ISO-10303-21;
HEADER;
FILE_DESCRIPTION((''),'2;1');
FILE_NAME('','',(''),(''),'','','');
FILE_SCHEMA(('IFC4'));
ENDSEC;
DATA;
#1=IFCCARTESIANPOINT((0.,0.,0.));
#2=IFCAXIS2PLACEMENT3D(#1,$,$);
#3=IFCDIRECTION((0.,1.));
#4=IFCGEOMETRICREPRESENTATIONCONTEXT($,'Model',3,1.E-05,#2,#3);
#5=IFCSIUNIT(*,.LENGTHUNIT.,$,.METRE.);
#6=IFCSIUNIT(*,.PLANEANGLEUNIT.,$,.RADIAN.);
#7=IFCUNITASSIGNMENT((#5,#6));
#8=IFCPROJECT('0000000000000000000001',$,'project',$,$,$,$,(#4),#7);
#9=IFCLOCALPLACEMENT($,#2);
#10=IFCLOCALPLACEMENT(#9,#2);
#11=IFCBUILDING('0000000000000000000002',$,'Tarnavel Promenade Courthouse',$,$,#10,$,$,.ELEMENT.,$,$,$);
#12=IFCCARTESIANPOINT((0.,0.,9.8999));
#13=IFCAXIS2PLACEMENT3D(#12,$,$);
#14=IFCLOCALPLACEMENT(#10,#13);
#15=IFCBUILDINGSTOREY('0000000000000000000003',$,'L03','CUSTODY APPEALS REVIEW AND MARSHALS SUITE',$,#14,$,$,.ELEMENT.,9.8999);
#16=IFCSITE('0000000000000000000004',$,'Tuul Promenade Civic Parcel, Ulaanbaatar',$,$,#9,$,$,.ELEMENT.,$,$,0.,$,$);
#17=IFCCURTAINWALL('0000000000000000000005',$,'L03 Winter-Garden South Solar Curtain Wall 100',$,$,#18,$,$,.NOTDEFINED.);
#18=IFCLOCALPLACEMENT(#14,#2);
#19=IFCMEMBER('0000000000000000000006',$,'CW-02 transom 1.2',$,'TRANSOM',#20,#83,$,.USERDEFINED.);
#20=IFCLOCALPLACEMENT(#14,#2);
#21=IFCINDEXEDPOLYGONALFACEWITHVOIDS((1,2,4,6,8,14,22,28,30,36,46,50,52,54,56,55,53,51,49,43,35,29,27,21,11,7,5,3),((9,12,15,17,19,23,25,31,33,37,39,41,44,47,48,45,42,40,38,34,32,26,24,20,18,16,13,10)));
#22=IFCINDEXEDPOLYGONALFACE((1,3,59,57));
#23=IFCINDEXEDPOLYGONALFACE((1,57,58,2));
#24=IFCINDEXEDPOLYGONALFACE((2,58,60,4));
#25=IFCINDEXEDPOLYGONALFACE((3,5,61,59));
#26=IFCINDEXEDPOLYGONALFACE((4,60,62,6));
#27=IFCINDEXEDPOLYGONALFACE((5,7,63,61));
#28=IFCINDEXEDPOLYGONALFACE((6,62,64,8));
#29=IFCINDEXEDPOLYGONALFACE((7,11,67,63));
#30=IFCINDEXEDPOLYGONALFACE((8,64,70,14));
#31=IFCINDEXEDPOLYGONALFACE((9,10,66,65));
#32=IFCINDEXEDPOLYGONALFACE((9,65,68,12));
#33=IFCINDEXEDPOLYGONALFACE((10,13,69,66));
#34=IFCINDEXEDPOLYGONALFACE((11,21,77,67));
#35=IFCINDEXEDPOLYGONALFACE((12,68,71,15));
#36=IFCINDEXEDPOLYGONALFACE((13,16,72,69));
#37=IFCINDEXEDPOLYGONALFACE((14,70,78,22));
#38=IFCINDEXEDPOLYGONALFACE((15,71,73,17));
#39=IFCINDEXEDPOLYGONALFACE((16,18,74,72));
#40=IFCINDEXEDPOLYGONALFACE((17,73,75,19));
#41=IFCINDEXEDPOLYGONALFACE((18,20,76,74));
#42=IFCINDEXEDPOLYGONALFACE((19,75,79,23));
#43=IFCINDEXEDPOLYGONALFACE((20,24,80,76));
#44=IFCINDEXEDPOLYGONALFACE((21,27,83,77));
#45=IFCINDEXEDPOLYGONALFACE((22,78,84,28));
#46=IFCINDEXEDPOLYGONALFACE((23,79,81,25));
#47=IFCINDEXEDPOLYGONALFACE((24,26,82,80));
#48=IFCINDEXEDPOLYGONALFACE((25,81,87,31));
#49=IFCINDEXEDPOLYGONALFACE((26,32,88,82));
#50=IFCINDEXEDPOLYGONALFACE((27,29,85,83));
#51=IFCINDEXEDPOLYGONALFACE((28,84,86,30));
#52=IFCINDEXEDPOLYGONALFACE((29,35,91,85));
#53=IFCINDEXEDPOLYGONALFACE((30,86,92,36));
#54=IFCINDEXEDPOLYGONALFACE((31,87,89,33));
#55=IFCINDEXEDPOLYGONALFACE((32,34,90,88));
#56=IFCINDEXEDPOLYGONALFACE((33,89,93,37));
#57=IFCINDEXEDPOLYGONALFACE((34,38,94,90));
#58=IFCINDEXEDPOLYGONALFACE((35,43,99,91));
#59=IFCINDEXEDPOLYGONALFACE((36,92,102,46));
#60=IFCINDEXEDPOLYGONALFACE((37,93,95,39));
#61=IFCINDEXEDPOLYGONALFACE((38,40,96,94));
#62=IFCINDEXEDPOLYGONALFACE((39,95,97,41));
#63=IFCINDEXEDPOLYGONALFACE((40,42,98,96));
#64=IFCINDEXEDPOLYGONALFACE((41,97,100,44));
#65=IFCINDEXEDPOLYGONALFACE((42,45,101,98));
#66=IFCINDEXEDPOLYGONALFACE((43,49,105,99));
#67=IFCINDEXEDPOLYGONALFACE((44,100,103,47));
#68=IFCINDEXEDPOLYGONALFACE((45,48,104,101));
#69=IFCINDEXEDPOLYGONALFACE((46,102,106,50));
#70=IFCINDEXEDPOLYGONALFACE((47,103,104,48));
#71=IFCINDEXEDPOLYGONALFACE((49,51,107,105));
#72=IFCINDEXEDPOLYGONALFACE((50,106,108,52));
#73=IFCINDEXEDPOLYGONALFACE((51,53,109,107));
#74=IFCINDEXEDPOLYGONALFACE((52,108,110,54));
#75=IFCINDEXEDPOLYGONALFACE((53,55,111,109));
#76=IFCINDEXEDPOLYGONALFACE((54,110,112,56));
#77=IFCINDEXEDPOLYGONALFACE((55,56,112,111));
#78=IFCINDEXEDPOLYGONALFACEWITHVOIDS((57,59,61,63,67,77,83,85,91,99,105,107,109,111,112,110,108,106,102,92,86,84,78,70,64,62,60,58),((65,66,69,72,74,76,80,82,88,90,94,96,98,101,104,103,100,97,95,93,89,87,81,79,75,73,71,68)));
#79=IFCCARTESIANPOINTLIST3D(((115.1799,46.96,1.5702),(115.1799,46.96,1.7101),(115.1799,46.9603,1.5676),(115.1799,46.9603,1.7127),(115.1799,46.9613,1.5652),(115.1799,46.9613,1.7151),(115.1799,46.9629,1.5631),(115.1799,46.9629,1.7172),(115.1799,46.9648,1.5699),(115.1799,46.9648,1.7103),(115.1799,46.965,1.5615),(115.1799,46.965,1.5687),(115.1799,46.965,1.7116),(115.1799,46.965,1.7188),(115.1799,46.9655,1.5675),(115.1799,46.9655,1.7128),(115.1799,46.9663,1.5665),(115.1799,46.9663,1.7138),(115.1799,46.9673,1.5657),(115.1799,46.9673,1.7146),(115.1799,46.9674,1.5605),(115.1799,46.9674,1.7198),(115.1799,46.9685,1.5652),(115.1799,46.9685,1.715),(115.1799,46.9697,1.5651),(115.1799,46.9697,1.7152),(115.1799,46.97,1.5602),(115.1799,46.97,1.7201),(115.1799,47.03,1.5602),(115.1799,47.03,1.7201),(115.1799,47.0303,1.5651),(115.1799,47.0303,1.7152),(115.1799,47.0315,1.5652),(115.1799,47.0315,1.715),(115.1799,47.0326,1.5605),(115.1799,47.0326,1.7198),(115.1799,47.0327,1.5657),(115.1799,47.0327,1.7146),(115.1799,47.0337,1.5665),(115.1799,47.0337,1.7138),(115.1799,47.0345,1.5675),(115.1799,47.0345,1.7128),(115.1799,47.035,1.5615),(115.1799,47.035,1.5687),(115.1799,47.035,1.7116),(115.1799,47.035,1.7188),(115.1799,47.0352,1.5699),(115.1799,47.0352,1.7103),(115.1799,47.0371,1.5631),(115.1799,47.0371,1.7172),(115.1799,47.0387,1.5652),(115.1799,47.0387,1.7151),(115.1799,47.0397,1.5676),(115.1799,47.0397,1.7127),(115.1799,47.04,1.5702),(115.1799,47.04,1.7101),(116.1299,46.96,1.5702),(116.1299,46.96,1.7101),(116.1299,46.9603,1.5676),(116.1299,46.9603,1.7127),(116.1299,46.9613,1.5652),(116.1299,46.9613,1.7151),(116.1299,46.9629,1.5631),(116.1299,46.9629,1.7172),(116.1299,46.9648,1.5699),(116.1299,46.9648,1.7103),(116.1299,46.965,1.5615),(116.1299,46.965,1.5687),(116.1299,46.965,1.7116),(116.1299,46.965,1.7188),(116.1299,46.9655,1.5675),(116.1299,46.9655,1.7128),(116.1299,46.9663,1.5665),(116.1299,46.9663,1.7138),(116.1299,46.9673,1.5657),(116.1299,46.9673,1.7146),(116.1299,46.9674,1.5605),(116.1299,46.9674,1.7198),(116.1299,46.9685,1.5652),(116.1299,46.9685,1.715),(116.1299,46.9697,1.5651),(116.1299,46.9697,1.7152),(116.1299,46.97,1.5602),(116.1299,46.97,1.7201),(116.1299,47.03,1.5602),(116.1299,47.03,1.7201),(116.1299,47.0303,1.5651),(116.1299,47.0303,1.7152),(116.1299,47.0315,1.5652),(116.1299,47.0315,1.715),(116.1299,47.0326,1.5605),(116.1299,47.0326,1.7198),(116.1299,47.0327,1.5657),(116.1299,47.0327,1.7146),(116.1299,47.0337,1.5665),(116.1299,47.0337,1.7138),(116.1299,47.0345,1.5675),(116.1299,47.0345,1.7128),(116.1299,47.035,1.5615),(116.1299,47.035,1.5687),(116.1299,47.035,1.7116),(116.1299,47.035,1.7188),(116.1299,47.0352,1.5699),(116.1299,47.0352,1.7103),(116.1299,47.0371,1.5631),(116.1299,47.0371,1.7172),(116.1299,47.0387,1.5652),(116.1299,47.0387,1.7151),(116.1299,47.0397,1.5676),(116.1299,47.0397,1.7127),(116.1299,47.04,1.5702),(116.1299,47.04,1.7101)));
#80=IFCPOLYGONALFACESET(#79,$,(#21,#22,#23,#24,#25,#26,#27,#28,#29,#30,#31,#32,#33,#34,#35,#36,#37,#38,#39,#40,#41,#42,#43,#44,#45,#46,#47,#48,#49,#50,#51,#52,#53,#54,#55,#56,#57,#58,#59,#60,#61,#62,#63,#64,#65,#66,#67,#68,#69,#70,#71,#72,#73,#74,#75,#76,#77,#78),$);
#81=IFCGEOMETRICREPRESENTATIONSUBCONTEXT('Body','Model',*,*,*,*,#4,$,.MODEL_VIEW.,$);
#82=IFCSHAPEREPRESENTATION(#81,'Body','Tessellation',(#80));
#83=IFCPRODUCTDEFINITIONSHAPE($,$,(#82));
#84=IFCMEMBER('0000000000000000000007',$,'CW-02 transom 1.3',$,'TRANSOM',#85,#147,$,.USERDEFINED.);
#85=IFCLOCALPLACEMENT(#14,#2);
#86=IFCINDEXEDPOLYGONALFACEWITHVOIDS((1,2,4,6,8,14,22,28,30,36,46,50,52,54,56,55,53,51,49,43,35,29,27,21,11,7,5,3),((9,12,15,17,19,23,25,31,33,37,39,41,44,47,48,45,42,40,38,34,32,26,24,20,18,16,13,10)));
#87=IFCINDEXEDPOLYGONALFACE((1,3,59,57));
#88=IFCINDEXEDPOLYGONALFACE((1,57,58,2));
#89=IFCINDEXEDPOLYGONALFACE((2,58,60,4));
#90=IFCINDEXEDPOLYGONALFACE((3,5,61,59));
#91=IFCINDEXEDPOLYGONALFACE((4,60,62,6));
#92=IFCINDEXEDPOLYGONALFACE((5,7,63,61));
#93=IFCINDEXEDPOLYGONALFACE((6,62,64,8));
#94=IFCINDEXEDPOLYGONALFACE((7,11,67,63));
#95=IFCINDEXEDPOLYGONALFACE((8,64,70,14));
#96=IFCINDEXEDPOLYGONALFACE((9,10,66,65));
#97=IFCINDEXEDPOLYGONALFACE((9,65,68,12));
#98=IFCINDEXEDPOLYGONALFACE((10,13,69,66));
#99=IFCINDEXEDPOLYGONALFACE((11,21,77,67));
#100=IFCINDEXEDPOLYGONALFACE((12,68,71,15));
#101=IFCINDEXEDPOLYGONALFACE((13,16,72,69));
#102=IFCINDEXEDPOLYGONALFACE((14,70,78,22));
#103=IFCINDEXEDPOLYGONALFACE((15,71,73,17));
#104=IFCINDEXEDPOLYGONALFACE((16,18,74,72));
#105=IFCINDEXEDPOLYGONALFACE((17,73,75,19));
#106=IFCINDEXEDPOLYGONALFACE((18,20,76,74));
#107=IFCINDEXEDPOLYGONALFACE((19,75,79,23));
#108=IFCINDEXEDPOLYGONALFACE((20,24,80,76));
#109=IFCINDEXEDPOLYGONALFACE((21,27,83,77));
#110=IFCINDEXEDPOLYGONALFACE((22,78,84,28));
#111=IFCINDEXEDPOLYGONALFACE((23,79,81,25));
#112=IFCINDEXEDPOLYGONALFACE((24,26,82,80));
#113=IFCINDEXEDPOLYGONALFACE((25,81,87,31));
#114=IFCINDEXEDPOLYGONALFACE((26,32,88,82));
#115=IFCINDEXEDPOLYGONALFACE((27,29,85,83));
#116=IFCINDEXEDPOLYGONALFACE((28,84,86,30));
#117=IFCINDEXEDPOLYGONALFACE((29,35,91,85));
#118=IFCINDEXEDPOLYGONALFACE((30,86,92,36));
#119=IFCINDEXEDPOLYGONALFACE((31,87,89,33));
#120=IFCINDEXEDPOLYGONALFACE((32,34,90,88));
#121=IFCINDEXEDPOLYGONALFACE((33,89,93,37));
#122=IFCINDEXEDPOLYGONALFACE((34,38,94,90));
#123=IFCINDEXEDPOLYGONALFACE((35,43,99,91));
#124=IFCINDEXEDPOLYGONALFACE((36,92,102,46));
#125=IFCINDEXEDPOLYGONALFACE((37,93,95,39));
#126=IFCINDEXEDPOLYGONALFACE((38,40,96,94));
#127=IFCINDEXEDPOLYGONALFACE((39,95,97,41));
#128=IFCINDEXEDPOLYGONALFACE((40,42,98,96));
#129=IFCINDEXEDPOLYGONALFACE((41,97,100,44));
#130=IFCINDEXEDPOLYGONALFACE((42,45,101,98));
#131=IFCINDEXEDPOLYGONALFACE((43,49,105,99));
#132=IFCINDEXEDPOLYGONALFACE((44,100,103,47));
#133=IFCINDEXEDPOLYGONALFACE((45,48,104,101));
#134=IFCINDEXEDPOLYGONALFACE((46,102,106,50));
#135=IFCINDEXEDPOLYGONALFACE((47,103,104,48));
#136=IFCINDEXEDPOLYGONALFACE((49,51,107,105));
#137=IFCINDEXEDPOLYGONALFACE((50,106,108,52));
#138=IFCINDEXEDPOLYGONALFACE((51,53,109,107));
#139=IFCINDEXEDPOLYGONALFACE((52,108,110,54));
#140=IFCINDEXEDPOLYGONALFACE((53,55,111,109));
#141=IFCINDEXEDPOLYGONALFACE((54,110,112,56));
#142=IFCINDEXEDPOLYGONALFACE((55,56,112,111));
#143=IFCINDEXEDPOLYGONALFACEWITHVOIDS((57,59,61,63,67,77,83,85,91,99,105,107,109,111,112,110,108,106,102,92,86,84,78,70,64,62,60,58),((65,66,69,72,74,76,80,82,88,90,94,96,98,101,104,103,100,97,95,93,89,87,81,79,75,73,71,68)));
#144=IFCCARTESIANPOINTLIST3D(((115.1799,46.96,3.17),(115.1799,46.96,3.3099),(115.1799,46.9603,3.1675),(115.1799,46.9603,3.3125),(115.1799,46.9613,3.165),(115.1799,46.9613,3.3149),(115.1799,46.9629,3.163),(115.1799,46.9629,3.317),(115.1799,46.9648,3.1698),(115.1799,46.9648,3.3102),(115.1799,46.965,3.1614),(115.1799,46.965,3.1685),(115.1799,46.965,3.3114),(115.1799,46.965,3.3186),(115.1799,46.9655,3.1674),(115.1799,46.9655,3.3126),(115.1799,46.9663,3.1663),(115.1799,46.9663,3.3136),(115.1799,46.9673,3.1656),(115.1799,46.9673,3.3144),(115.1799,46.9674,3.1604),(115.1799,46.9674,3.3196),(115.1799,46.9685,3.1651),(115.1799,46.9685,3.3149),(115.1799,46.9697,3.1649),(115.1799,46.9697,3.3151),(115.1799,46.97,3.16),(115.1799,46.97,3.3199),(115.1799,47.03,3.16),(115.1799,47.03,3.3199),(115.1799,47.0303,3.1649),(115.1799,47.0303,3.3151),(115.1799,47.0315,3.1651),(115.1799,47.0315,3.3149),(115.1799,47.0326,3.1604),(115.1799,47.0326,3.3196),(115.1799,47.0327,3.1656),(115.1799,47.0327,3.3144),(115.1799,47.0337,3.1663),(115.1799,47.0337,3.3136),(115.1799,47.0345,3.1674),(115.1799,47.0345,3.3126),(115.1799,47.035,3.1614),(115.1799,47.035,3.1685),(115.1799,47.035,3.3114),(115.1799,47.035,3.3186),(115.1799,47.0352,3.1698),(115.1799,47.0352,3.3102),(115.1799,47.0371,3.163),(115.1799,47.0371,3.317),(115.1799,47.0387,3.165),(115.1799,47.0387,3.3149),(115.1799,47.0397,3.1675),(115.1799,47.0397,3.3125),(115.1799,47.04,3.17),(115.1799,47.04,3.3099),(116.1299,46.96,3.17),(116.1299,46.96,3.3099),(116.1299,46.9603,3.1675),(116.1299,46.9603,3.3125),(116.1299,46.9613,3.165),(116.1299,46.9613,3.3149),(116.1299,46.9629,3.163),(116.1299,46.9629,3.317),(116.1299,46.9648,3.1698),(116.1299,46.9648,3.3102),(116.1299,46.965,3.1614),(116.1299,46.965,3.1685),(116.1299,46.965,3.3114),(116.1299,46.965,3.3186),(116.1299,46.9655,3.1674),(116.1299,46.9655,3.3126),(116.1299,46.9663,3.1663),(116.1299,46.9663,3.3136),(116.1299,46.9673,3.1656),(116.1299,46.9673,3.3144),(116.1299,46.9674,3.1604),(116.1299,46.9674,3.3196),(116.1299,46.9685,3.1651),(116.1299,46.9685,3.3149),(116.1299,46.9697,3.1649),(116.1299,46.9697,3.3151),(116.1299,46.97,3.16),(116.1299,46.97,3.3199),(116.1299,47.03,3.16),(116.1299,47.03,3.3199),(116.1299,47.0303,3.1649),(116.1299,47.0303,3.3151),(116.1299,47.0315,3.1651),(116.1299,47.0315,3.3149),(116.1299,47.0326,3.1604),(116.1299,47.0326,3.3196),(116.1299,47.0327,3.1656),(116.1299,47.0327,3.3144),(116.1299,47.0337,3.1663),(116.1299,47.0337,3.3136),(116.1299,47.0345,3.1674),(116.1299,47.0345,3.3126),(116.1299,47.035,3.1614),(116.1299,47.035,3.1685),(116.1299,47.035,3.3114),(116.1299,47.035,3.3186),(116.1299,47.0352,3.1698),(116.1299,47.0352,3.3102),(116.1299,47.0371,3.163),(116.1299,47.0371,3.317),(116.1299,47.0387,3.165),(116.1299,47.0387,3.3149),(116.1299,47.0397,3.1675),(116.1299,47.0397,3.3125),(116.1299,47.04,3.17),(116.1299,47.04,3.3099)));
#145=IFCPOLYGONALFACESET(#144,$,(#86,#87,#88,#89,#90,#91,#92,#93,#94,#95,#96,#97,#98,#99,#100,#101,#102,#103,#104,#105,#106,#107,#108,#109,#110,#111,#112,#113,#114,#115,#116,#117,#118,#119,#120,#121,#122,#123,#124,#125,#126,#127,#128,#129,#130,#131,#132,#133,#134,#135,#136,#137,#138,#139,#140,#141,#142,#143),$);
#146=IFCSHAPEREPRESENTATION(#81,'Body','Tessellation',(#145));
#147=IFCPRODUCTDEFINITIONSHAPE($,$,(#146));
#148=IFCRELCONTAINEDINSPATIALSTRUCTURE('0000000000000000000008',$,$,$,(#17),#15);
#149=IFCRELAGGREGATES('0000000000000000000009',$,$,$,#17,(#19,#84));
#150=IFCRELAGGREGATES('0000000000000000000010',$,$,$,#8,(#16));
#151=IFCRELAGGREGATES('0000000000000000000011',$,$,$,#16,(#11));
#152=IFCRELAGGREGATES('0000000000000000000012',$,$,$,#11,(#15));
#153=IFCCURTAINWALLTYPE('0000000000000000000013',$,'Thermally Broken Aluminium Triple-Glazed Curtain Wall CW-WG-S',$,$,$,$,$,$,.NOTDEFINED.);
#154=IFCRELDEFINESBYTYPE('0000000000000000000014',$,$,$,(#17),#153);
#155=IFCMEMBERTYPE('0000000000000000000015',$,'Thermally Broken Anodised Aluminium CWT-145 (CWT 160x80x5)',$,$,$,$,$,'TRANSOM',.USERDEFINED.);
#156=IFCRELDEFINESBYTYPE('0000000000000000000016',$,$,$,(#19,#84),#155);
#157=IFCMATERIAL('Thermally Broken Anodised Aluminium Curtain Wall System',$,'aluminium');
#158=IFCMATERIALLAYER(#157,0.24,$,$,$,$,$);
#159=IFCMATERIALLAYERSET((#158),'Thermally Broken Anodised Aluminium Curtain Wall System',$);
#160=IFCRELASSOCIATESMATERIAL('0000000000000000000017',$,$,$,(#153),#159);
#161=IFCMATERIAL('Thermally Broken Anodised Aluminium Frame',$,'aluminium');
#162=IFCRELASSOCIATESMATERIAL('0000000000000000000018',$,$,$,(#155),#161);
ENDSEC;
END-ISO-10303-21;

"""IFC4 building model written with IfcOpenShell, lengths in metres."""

from ifc_helpers import new_model, si_unit, direction, frame, origin, origin_2d, place, context, subcontext, project, spatial, hollow_rectangle, extrude, material, layer, layer_set, material_profile, profile_set, type_object, element, aggregate, save


model = new_model("IFC4")

# Units and contexts
model_context = context("Model", 3, precision=1e-05, world=origin(), true_north=direction((0.0, 1.0)))
body_context = subcontext(model_context, "Body", "Model", "MODEL_VIEW")
ifc_project = project(units=[si_unit("LENGTHUNIT", "METRE"), si_unit("PLANEANGLEUNIT", "RADIAN")], contexts=[model_context])

# Site, building, storey
site_placement = place(None, origin())
site = spatial("IfcSite", under=ifc_project, at=site_placement, Name="Tuul Promenade Civic Parcel, Ulaanbaatar", CompositionType="ELEMENT", RefElevation=0.0)
building_placement = place(site_placement, origin())
building = spatial("IfcBuilding", under=site, at=building_placement, Name="Tarnavel Promenade Courthouse", CompositionType="ELEMENT")
storey_placement = place(building_placement, frame((0.0, 0.0, 9.8999)))
storey = spatial("IfcBuildingStorey", under=building, at=storey_placement, Name="L03", Description="CUSTODY APPEALS REVIEW AND MARSHALS SUITE", CompositionType="ELEMENT", Elevation=9.8999)

# Curtain wall
ifc_material_1 = material(Name="Thermally Broken Anodised Aluminium Curtain Wall System", Category="aluminium")
ifc_layer_1 = layer(ifc_material_1, 0.24)
ifc_layer_set_1 = layer_set([ifc_layer_1], Name="Thermally Broken Anodised Aluminium Curtain Wall System")
curtain_wall_type = type_object("IfcCurtainWallType", Name="Thermally Broken Aluminium Triple-Glazed Curtain Wall CW-WG-S", PredefinedType="NOTDEFINED", material=ifc_layer_set_1)
curtain_wall_1_placement = place(storey_placement, origin())
curtain_wall_1 = element("IfcCurtainWall", 1, at=curtain_wall_1_placement, inside=storey, type_object=curtain_wall_type, Name="L03 Winter-Garden South Solar Curtain Wall 100", PredefinedType="NOTDEFINED")
ifc_material_2 = material(Name="Thermally Broken Anodised Aluminium Frame", Category="aluminium")

# Members
ifc_material_profile_1 = material_profile(ifc_material_2, hollow_rectangle(XDim=0.0801, YDim=0.1599, WallThickness=0.0049, InnerFilletRadius=0.0049, OuterFilletRadius=0.01, at=origin_2d()), Name="CWT 160x80x5")
ifc_profile_set_1 = profile_set([ifc_material_profile_1], Name="Thermally Broken Anodised Aluminium Frame")
member_type_1 = type_object("IfcMemberType", Name="Thermally Broken Anodised Aluminium CWT-145 (CWT 160x80x5)", ElementType="TRANSOM", PredefinedType="USERDEFINED", material=ifc_profile_set_1)
member_1_placement = place(storey_placement, frame((115.1799, 47.0, 1.6401), z_axis=(1.0, 0.0, 0.0), x_axis=(0.0, 1.0, 0.0)))
member_1 = element("IfcMember", 2, at=member_1_placement, type_object=member_type_1, Name="CW-02 transom 1.2", ObjectType="TRANSOM", PredefinedType="USERDEFINED", context=body_context, shape_type="SweptSolid", body=[
    extrude(hollow_rectangle(XDim=0.0801, YDim=0.1599, WallThickness=0.0049, InnerFilletRadius=0.0049, OuterFilletRadius=0.01, at=origin_2d()), origin(), (0.0, 0.0, 1.0), 0.95),
])
member_2_placement = place(storey_placement, frame((115.1799, 47.0, 3.24), z_axis=(1.0, 0.0, 0.0), x_axis=(0.0, 1.0, 0.0)))
member_2 = element("IfcMember", 3, at=member_2_placement, type_object=member_type_1, Name="CW-02 transom 1.3", ObjectType="TRANSOM", PredefinedType="USERDEFINED", context=body_context, shape_type="SweptSolid", body=[
    extrude(hollow_rectangle(XDim=0.0801, YDim=0.1599, WallThickness=0.0049, InnerFilletRadius=0.0049, OuterFilletRadius=0.01, at=origin_2d()), origin(), (0.0, 0.0, 1.0), 0.95),
])

aggregate(curtain_wall_1, [member_1, member_2])

save(model, "model.ifc")
